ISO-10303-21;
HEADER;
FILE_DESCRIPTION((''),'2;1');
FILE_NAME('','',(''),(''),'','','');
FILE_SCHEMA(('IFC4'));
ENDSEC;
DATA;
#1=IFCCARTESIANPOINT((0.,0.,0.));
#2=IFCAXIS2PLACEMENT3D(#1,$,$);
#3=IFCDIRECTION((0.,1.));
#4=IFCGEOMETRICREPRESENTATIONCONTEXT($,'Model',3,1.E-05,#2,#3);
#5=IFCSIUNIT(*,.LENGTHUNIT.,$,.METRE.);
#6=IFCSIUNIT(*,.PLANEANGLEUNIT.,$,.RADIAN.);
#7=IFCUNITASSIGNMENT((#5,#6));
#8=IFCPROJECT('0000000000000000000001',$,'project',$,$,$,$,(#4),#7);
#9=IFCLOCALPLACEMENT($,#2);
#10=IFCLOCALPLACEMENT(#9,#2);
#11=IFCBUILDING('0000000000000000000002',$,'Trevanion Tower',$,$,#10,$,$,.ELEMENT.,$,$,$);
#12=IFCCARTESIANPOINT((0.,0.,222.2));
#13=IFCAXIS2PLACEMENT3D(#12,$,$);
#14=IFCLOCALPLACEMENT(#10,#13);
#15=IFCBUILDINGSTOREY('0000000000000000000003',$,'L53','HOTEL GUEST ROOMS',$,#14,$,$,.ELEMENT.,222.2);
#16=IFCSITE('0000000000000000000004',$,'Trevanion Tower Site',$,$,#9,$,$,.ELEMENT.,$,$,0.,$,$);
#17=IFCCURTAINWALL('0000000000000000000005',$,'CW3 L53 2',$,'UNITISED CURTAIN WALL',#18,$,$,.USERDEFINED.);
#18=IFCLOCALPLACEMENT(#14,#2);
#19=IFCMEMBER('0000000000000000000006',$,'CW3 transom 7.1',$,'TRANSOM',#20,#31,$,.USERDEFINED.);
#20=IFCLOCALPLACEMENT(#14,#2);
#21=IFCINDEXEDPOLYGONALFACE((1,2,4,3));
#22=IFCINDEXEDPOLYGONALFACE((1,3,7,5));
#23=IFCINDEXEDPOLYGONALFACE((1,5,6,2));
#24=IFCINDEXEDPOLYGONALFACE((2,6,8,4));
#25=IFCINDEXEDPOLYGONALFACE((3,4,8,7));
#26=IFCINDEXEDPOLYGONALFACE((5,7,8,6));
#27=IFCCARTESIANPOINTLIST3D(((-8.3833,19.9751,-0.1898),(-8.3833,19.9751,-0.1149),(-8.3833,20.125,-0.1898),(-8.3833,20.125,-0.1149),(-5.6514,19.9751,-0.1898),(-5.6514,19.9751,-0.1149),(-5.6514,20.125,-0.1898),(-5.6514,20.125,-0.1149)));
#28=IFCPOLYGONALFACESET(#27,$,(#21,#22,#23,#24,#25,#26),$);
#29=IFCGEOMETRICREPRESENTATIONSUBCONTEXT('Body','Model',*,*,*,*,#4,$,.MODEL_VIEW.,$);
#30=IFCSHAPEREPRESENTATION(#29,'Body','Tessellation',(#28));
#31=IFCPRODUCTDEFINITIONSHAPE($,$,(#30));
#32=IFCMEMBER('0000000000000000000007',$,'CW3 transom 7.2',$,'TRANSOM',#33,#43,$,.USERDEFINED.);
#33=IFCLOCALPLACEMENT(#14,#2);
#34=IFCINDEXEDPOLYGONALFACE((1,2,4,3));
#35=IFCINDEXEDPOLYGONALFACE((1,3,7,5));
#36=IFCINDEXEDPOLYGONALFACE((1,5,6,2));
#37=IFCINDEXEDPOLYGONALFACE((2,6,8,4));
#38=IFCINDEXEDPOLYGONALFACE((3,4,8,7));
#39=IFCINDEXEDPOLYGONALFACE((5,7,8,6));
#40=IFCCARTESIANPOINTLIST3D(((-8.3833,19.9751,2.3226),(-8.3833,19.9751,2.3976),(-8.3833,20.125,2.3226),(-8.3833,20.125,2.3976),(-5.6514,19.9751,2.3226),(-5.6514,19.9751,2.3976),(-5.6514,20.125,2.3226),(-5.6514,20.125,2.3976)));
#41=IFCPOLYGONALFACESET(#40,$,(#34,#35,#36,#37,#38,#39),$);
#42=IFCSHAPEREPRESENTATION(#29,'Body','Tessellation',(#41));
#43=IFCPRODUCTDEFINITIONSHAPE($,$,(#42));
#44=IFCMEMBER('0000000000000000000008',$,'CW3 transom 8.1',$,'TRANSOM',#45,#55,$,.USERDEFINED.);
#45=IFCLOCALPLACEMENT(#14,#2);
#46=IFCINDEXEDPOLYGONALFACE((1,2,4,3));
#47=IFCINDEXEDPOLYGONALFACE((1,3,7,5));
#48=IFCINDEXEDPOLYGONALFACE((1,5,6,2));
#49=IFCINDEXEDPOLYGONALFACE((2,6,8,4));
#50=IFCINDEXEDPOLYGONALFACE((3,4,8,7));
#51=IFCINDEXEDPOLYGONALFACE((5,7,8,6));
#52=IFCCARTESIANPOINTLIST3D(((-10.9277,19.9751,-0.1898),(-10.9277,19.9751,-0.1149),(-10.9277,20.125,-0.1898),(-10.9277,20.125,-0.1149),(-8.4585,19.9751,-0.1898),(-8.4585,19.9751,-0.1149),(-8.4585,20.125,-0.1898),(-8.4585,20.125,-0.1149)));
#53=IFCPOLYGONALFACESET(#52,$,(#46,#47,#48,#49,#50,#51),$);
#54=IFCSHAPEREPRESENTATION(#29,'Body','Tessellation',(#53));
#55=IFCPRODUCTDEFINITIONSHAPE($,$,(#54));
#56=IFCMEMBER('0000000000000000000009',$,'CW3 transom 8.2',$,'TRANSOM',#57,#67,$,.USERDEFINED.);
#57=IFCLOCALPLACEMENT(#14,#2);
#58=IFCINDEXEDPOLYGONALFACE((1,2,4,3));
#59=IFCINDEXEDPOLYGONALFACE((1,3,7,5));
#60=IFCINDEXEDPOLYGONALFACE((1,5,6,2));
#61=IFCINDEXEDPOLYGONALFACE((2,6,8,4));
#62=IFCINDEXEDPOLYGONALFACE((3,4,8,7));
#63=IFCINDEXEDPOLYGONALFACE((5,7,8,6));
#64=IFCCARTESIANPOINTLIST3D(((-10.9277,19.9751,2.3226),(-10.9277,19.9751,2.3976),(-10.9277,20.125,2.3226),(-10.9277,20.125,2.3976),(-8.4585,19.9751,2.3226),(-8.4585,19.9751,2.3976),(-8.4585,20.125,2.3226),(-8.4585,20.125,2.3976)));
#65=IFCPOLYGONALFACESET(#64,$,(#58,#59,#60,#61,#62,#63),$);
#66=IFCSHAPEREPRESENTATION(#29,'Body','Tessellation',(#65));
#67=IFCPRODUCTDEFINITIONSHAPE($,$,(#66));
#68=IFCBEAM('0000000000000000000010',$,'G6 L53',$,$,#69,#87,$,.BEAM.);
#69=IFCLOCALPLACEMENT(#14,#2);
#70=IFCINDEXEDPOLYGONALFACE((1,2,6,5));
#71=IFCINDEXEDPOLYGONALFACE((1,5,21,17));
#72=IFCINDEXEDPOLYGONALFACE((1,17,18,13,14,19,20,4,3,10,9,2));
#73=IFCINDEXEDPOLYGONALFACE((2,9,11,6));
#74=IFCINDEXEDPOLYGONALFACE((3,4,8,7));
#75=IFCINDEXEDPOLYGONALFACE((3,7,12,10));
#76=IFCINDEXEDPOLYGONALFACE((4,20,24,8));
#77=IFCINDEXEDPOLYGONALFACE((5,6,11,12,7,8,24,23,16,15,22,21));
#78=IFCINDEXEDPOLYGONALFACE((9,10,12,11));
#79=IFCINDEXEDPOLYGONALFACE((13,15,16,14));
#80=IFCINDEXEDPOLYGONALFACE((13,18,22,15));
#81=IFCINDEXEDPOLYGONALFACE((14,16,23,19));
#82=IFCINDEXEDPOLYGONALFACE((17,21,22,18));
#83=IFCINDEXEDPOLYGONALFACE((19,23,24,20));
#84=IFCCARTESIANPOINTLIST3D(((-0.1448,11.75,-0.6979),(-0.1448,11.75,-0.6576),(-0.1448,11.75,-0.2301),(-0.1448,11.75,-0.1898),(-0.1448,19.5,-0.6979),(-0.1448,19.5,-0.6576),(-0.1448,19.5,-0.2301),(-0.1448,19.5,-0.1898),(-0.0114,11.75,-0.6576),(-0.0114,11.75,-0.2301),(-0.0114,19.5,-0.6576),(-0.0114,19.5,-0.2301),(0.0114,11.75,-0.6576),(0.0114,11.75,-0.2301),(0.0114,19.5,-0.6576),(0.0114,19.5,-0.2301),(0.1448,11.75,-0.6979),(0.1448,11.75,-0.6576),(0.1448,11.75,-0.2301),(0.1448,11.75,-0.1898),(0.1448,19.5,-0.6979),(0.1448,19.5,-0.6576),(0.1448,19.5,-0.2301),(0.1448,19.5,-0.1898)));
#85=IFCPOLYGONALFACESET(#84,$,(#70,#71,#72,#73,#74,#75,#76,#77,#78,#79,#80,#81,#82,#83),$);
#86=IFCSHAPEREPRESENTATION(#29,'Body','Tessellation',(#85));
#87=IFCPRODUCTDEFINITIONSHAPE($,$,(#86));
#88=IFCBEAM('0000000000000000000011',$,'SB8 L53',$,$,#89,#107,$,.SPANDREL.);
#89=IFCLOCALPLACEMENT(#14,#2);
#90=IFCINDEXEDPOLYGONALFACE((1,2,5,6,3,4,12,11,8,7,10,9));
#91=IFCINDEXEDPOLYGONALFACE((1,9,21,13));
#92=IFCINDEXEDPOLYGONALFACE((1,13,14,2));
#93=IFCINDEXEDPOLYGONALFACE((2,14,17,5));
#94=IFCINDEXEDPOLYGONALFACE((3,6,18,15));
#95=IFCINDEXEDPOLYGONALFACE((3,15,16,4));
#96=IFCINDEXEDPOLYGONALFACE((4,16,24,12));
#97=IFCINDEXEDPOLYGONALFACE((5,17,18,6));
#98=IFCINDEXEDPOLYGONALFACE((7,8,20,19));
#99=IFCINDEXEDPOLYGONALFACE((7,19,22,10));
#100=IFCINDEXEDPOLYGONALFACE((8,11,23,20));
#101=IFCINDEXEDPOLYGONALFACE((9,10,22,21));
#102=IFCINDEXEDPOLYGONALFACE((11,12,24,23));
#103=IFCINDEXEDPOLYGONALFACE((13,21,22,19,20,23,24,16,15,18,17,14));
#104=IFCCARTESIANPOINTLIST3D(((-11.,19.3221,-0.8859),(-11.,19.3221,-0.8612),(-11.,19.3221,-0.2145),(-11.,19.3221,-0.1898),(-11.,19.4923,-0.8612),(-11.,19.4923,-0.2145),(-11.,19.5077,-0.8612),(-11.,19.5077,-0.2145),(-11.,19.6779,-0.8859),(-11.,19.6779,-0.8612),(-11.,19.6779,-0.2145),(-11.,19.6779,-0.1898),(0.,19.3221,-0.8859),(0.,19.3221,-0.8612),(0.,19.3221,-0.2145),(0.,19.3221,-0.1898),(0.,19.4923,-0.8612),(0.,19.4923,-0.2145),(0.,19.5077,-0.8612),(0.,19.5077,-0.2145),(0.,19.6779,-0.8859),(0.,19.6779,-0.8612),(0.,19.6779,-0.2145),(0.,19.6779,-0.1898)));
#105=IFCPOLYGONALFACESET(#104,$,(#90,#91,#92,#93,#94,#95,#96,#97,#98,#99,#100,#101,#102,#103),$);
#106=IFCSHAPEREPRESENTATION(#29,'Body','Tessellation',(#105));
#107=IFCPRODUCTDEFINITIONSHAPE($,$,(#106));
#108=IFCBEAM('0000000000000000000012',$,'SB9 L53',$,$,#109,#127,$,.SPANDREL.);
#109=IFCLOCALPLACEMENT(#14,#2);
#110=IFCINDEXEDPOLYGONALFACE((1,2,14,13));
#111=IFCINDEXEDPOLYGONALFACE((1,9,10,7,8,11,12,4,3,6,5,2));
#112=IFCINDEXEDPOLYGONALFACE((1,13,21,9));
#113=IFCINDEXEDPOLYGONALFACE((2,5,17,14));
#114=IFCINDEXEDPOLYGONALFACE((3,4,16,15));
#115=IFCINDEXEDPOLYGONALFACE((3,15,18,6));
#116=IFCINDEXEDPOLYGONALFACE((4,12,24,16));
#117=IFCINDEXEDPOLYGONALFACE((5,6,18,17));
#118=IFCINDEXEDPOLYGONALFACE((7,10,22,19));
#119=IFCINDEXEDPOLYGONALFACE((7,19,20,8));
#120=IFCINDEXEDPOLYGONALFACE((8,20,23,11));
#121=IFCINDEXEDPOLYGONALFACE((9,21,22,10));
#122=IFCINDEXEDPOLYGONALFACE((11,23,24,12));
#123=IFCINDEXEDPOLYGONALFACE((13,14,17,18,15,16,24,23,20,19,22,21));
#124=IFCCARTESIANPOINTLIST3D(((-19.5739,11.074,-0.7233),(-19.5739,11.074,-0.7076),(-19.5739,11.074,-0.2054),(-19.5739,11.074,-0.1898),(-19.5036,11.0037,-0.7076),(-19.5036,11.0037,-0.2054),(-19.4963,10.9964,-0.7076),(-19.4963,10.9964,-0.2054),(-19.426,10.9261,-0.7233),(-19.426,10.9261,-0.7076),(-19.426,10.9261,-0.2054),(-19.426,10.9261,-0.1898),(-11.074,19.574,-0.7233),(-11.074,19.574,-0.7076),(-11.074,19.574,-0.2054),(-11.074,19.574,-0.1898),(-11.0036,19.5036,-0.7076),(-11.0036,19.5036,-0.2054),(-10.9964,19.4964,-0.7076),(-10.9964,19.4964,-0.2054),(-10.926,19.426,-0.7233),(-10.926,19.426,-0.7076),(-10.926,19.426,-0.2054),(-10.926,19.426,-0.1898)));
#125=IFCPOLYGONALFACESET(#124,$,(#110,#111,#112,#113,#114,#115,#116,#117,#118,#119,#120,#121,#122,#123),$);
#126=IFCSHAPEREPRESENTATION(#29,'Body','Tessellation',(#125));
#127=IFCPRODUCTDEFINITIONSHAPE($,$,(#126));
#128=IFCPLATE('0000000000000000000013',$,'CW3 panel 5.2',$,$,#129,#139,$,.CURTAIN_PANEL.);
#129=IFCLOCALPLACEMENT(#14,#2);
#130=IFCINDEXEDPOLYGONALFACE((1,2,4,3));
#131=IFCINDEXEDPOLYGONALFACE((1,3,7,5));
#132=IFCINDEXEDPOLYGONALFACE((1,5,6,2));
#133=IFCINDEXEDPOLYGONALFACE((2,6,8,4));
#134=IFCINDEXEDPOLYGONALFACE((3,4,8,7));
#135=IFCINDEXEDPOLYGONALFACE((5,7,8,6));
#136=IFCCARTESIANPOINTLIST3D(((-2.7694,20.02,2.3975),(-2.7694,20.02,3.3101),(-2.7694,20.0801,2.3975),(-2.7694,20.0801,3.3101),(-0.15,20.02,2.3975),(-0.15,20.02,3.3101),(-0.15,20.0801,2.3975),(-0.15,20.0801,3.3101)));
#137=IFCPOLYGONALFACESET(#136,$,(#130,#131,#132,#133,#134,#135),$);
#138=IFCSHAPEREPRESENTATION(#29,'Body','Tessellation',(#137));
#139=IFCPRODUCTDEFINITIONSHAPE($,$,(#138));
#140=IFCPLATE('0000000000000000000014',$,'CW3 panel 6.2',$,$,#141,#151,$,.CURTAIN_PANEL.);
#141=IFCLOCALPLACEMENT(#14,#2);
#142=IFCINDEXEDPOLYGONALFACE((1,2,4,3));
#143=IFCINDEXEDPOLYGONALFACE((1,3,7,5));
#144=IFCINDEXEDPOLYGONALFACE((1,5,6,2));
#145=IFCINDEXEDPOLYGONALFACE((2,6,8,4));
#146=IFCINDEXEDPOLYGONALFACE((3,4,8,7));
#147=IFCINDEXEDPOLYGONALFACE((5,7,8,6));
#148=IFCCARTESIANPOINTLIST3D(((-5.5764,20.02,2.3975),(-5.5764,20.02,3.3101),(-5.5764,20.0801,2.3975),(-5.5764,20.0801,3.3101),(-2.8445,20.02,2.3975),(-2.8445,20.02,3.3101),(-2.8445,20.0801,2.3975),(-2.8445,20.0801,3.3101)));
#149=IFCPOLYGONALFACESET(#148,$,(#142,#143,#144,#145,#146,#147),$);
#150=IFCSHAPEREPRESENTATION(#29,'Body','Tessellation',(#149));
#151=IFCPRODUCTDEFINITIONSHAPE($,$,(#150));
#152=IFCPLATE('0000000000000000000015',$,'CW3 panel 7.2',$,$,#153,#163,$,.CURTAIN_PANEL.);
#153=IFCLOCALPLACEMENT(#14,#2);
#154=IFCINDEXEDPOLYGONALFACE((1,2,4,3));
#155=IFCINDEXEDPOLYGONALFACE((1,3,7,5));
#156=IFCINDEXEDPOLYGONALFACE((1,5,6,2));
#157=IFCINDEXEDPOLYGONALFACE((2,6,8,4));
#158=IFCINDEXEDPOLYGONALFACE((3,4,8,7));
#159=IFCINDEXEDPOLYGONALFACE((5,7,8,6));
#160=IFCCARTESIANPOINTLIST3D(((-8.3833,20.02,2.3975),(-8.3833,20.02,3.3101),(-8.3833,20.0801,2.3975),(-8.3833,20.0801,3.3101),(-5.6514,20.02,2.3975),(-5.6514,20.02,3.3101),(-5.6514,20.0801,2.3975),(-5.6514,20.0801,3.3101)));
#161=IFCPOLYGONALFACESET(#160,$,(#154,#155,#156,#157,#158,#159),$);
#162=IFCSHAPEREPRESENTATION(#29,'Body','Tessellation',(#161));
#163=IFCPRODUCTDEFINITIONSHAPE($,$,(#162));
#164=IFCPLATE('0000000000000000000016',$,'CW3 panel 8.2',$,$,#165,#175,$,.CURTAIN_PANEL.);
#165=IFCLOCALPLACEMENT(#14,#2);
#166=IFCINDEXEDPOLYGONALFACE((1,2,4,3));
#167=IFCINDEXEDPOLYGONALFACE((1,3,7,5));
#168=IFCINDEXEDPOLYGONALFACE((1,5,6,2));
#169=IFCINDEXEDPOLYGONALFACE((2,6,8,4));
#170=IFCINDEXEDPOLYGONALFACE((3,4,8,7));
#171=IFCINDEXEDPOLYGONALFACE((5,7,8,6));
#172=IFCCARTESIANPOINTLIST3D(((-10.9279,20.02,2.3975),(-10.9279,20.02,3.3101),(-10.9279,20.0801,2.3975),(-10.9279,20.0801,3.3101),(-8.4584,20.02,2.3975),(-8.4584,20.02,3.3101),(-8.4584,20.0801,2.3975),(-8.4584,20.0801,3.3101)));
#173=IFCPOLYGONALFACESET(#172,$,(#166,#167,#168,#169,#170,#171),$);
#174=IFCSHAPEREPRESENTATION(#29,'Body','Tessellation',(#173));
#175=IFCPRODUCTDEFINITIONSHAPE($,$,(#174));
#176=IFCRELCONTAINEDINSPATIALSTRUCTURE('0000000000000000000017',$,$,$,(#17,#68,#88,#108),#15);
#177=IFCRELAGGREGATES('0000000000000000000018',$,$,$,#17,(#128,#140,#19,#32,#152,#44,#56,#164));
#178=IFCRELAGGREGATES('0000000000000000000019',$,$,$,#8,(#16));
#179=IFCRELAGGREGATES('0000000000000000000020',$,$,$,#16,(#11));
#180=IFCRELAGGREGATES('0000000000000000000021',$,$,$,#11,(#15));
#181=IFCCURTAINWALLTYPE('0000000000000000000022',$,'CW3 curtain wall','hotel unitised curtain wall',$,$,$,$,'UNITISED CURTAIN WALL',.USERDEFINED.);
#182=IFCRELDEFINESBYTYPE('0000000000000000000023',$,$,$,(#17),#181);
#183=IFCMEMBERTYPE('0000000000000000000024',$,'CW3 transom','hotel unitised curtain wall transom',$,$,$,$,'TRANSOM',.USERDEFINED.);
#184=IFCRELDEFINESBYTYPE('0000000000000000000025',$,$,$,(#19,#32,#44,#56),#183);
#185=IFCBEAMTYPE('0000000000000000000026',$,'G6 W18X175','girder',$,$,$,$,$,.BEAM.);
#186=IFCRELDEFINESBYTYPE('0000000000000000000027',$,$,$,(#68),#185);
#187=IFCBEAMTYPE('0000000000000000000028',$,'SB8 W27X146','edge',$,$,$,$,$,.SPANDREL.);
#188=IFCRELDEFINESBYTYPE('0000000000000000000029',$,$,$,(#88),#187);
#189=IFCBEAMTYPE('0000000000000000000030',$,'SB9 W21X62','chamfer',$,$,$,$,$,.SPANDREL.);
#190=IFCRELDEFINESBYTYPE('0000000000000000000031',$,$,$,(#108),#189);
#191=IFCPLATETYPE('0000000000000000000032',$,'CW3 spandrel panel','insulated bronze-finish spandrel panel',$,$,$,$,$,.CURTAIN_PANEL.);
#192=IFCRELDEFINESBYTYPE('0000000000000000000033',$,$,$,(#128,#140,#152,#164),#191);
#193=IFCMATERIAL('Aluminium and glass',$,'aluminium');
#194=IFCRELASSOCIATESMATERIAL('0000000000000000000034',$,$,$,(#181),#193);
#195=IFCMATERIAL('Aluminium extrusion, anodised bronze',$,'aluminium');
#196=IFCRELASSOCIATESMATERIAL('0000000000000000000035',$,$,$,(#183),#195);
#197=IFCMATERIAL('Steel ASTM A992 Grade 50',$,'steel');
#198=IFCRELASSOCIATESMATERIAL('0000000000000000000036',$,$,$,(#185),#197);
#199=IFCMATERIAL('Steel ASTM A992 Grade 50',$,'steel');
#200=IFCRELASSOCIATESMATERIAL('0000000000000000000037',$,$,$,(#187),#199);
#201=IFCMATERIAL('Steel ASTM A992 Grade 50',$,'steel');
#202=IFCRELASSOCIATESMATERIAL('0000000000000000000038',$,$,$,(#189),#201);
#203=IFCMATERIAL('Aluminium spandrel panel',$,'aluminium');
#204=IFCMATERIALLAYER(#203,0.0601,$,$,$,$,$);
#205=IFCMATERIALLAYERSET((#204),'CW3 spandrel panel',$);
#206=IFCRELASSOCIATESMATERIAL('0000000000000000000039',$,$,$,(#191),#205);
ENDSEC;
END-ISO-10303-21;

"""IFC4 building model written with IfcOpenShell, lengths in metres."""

from ifc_helpers import new_model, si_unit, direction, frame, origin, origin_2d, place, context, subcontext, project, spatial, rectangle, i_section, extrude, material, layer, layer_set, material_profile, profile_set, type_object, element, aggregate, save


model = new_model("IFC4")

# Units and contexts
model_context = context("Model", 3, precision=1e-05, world=origin(), true_north=direction((0.0, 1.0)))
body_context = subcontext(model_context, "Body", "Model", "MODEL_VIEW")
ifc_project = project(units=[si_unit("LENGTHUNIT", "METRE"), si_unit("PLANEANGLEUNIT", "RADIAN")], contexts=[model_context])

# Site, building, storey
site_placement = place(None, origin())
site = spatial("IfcSite", under=ifc_project, at=site_placement, Name="Trevanion Tower Site", CompositionType="ELEMENT", RefElevation=0.0)
building_placement = place(site_placement, origin())
building = spatial("IfcBuilding", under=site, at=building_placement, Name="Trevanion Tower", CompositionType="ELEMENT")
storey_placement = place(building_placement, frame((0.0, 0.0, 222.2)))
storey = spatial("IfcBuildingStorey", under=building, at=storey_placement, Name="L53", Description="HOTEL GUEST ROOMS", CompositionType="ELEMENT", Elevation=222.2)

# Curtain wall, members
ifc_material_1 = material(Name="Aluminium and glass", Category="aluminium")
curtain_wall_type = type_object("IfcCurtainWallType", Name="CW3 curtain wall", Description="hotel unitised curtain wall", ElementType="UNITISED CURTAIN WALL", PredefinedType="USERDEFINED", material=ifc_material_1)
curtain_wall_placement = place(storey_placement, origin())
curtain_wall = element("IfcCurtainWall", 1, at=curtain_wall_placement, inside=storey, type_object=curtain_wall_type, Name="CW3 L53 2", ObjectType="UNITISED CURTAIN WALL", PredefinedType="USERDEFINED")
ifc_material_2 = material(Name="Aluminium extrusion, anodised bronze", Category="aluminium")
ifc_material_profile_1 = material_profile(ifc_material_2, rectangle(XDim=0.1499, YDim=0.075, at=origin_2d()), Name="CW3 transom")
ifc_profile_set_1 = profile_set([ifc_material_profile_1], Name="Aluminium extrusion, anodised bronze")
member_type_1 = type_object("IfcMemberType", Name="CW3 transom", Description="hotel unitised curtain wall transom", ElementType="TRANSOM", PredefinedType="USERDEFINED", material=ifc_profile_set_1)
member_1_placement = place(storey_placement, frame((-5.6514, 20.05, -0.1523), z_axis=(-1.0, 0.0, 0.0), x_axis=(0.0, -1.0, 0.0)))
member_1 = element("IfcMember", 2, at=member_1_placement, type_object=member_type_1, Name="CW3 transom 7.1", ObjectType="TRANSOM", PredefinedType="USERDEFINED", context=body_context, shape_type="SweptSolid", body=[
    extrude(rectangle(XDim=0.1499, YDim=0.075, at=origin_2d()), origin(), (0.0, 0.0, 1.0), 2.7319),
])
member_2_placement = place(storey_placement, frame((-5.6514, 20.05, 2.3601), z_axis=(-1.0, 0.0, 0.0), x_axis=(0.0, -1.0, 0.0)))
member_2 = element("IfcMember", 3, at=member_2_placement, type_object=member_type_1, Name="CW3 transom 7.2", ObjectType="TRANSOM", PredefinedType="USERDEFINED", context=body_context, shape_type="SweptSolid", body=[
    extrude(rectangle(XDim=0.1499, YDim=0.075, at=origin_2d()), origin(), (0.0, 0.0, 1.0), 2.7319),
])
member_3_placement = place(storey_placement, frame((-8.4585, 20.05, -0.1523), z_axis=(-1.0, 0.0, 0.0), x_axis=(0.0, -1.0, 0.0)))
member_3 = element("IfcMember", 4, at=member_3_placement, type_object=member_type_1, Name="CW3 transom 8.1", ObjectType="TRANSOM", PredefinedType="USERDEFINED", context=body_context, shape_type="SweptSolid", body=[
    extrude(rectangle(XDim=0.1499, YDim=0.075, at=origin_2d()), origin(), (0.0, 0.0, 1.0), 2.4692),
])
member_4_placement = place(storey_placement, frame((-8.4585, 20.05, 2.3601), z_axis=(-1.0, 0.0, 0.0), x_axis=(0.0, -1.0, 0.0)))
member_4 = element("IfcMember", 5, at=member_4_placement, type_object=member_type_1, Name="CW3 transom 8.2", ObjectType="TRANSOM", PredefinedType="USERDEFINED", context=body_context, shape_type="SweptSolid", body=[
    extrude(rectangle(XDim=0.1499, YDim=0.075, at=origin_2d()), origin(), (0.0, 0.0, 1.0), 2.4692),
])

# Beams
ifc_material_3 = material(Name="Steel ASTM A992 Grade 50", Category="steel")
ifc_material_profile_2 = material_profile(ifc_material_3, i_section(OverallWidth=0.2896, OverallDepth=0.5081, WebThickness=0.0227, FlangeThickness=0.0403, at=origin_2d()), Name="W18X175")
ifc_profile_set_2 = profile_set([ifc_material_profile_2], Name="Steel ASTM A992 Grade 50")
beam_type_1 = type_object("IfcBeamType", Name="G6 W18X175", Description="girder", PredefinedType="BEAM", material=ifc_profile_set_2)
beam_1_placement = place(storey_placement, frame((0.0, 11.75, -0.4438), z_axis=(0.0, 1.0, 0.0), x_axis=(-1.0, 0.0, 0.0)))
element("IfcBeam", 6, at=beam_1_placement, inside=storey, type_object=beam_type_1, Name="G6 L53", PredefinedType="BEAM", context=body_context, shape_type="SweptSolid", body=[
    extrude(i_section(OverallWidth=0.2896, OverallDepth=0.5081, WebThickness=0.0227, FlangeThickness=0.0403, at=origin_2d()), origin(), (0.0, 0.0, 1.0), 7.75),
])
ifc_material_4 = material(Name="Steel ASTM A992 Grade 50", Category="steel")
ifc_material_profile_3 = material_profile(ifc_material_4, i_section(OverallWidth=0.3557, OverallDepth=0.696, WebThickness=0.0154, FlangeThickness=0.0247, at=origin_2d()), Name="W27X146")
ifc_profile_set_3 = profile_set([ifc_material_profile_3], Name="Steel ASTM A992 Grade 50")
beam_type_2 = type_object("IfcBeamType", Name="SB8 W27X146", Description="edge", PredefinedType="SPANDREL", material=ifc_profile_set_3)
beam_2_placement = place(storey_placement, frame((0.0, 19.5, -0.5378), z_axis=(-1.0, 0.0, 0.0), x_axis=(0.0, -1.0, 0.0)))
element("IfcBeam", 7, at=beam_2_placement, inside=storey, type_object=beam_type_2, Name="SB8 L53", PredefinedType="SPANDREL", context=body_context, shape_type="SweptSolid", body=[
    extrude(i_section(OverallWidth=0.3557, OverallDepth=0.696, WebThickness=0.0154, FlangeThickness=0.0247, at=origin_2d()), origin(), (0.0, 0.0, 1.0), 11.0),
])
ifc_material_5 = material(Name="Steel ASTM A992 Grade 50", Category="steel")
ifc_material_profile_4 = material_profile(ifc_material_5, i_section(OverallWidth=0.2092, OverallDepth=0.5334, WebThickness=0.0103, FlangeThickness=0.0156, at=origin_2d()), Name="W21X62")
ifc_profile_set_4 = profile_set([ifc_material_profile_4], Name="Steel ASTM A992 Grade 50")
beam_type_3 = type_object("IfcBeamType", Name="SB9 W21X62", Description="chamfer", PredefinedType="SPANDREL", material=ifc_profile_set_4)
beam_3_placement = place(storey_placement, frame((-11.0, 19.5, -0.4565), z_axis=(-0.707107, -0.707107, 0.0), x_axis=(0.707107, -0.707107, 0.0)))
element("IfcBeam", 8, at=beam_3_placement, inside=storey, type_object=beam_type_3, Name="SB9 L53", PredefinedType="SPANDREL", context=body_context, shape_type="SweptSolid", body=[
    extrude(i_section(OverallWidth=0.2092, OverallDepth=0.5334, WebThickness=0.0103, FlangeThickness=0.0156, at=origin_2d()), origin(), (0.0, 0.0, 1.0), 12.0208),
])

# Plates
ifc_material_6 = material(Name="Aluminium spandrel panel", Category="aluminium")
ifc_layer_1 = layer(ifc_material_6, 0.0601)
ifc_layer_set_1 = layer_set([ifc_layer_1], Name="CW3 spandrel panel")
plate_type_1 = type_object("IfcPlateType", Name="CW3 spandrel panel", Description="insulated bronze-finish spandrel panel", PredefinedType="CURTAIN_PANEL", material=ifc_layer_set_1)
plate_1_placement = place(storey_placement, frame((-1.4597, 20.05, 2.3975), z_axis=(0.0, 0.0, 1.0), x_axis=(-1.0, 0.0, 0.0)))
plate_1 = element("IfcPlate", 9, at=plate_1_placement, type_object=plate_type_1, Name="CW3 panel 5.2", PredefinedType="CURTAIN_PANEL", context=body_context, shape_type="SweptSolid", body=[
    extrude(rectangle(XDim=2.6194, YDim=0.0601, at=origin_2d()), origin(), (0.0, 0.0, 1.0), 0.9126),
])
plate_2_placement = place(storey_placement, frame((-4.2104, 20.05, 2.3975), z_axis=(0.0, 0.0, 1.0), x_axis=(-1.0, 0.0, 0.0)))
plate_2 = element("IfcPlate", 10, at=plate_2_placement, type_object=plate_type_1, Name="CW3 panel 6.2", PredefinedType="CURTAIN_PANEL", context=body_context, shape_type="SweptSolid", body=[
    extrude(rectangle(XDim=2.7319, YDim=0.0601, at=origin_2d()), origin(), (0.0, 0.0, 1.0), 0.9126),
])
plate_3_placement = place(storey_placement, frame((-7.0173, 20.05, 2.3975), z_axis=(0.0, 0.0, 1.0), x_axis=(-1.0, 0.0, 0.0)))
plate_3 = element("IfcPlate", 11, at=plate_3_placement, type_object=plate_type_1, Name="CW3 panel 7.2", PredefinedType="CURTAIN_PANEL", context=body_context, shape_type="SweptSolid", body=[
    extrude(rectangle(XDim=2.7319, YDim=0.0601, at=origin_2d()), origin(), (0.0, 0.0, 1.0), 0.9126),
])
plate_4_placement = place(storey_placement, frame((-9.6931, 20.05, 2.3975), z_axis=(0.0, 0.0, 1.0), x_axis=(-1.0, 0.0, 0.0)))
plate_4 = element("IfcPlate", 12, at=plate_4_placement, type_object=plate_type_1, Name="CW3 panel 8.2", PredefinedType="CURTAIN_PANEL", context=body_context, shape_type="SweptSolid", body=[
    extrude(rectangle(XDim=2.4695, YDim=0.0601, at=origin_2d()), origin(), (0.0, 0.0, 1.0), 0.9126),
])
aggregate(curtain_wall, [plate_1, plate_2, member_1, member_2, plate_3, member_3, member_4, plate_4])

save(model, "model.ifc")
